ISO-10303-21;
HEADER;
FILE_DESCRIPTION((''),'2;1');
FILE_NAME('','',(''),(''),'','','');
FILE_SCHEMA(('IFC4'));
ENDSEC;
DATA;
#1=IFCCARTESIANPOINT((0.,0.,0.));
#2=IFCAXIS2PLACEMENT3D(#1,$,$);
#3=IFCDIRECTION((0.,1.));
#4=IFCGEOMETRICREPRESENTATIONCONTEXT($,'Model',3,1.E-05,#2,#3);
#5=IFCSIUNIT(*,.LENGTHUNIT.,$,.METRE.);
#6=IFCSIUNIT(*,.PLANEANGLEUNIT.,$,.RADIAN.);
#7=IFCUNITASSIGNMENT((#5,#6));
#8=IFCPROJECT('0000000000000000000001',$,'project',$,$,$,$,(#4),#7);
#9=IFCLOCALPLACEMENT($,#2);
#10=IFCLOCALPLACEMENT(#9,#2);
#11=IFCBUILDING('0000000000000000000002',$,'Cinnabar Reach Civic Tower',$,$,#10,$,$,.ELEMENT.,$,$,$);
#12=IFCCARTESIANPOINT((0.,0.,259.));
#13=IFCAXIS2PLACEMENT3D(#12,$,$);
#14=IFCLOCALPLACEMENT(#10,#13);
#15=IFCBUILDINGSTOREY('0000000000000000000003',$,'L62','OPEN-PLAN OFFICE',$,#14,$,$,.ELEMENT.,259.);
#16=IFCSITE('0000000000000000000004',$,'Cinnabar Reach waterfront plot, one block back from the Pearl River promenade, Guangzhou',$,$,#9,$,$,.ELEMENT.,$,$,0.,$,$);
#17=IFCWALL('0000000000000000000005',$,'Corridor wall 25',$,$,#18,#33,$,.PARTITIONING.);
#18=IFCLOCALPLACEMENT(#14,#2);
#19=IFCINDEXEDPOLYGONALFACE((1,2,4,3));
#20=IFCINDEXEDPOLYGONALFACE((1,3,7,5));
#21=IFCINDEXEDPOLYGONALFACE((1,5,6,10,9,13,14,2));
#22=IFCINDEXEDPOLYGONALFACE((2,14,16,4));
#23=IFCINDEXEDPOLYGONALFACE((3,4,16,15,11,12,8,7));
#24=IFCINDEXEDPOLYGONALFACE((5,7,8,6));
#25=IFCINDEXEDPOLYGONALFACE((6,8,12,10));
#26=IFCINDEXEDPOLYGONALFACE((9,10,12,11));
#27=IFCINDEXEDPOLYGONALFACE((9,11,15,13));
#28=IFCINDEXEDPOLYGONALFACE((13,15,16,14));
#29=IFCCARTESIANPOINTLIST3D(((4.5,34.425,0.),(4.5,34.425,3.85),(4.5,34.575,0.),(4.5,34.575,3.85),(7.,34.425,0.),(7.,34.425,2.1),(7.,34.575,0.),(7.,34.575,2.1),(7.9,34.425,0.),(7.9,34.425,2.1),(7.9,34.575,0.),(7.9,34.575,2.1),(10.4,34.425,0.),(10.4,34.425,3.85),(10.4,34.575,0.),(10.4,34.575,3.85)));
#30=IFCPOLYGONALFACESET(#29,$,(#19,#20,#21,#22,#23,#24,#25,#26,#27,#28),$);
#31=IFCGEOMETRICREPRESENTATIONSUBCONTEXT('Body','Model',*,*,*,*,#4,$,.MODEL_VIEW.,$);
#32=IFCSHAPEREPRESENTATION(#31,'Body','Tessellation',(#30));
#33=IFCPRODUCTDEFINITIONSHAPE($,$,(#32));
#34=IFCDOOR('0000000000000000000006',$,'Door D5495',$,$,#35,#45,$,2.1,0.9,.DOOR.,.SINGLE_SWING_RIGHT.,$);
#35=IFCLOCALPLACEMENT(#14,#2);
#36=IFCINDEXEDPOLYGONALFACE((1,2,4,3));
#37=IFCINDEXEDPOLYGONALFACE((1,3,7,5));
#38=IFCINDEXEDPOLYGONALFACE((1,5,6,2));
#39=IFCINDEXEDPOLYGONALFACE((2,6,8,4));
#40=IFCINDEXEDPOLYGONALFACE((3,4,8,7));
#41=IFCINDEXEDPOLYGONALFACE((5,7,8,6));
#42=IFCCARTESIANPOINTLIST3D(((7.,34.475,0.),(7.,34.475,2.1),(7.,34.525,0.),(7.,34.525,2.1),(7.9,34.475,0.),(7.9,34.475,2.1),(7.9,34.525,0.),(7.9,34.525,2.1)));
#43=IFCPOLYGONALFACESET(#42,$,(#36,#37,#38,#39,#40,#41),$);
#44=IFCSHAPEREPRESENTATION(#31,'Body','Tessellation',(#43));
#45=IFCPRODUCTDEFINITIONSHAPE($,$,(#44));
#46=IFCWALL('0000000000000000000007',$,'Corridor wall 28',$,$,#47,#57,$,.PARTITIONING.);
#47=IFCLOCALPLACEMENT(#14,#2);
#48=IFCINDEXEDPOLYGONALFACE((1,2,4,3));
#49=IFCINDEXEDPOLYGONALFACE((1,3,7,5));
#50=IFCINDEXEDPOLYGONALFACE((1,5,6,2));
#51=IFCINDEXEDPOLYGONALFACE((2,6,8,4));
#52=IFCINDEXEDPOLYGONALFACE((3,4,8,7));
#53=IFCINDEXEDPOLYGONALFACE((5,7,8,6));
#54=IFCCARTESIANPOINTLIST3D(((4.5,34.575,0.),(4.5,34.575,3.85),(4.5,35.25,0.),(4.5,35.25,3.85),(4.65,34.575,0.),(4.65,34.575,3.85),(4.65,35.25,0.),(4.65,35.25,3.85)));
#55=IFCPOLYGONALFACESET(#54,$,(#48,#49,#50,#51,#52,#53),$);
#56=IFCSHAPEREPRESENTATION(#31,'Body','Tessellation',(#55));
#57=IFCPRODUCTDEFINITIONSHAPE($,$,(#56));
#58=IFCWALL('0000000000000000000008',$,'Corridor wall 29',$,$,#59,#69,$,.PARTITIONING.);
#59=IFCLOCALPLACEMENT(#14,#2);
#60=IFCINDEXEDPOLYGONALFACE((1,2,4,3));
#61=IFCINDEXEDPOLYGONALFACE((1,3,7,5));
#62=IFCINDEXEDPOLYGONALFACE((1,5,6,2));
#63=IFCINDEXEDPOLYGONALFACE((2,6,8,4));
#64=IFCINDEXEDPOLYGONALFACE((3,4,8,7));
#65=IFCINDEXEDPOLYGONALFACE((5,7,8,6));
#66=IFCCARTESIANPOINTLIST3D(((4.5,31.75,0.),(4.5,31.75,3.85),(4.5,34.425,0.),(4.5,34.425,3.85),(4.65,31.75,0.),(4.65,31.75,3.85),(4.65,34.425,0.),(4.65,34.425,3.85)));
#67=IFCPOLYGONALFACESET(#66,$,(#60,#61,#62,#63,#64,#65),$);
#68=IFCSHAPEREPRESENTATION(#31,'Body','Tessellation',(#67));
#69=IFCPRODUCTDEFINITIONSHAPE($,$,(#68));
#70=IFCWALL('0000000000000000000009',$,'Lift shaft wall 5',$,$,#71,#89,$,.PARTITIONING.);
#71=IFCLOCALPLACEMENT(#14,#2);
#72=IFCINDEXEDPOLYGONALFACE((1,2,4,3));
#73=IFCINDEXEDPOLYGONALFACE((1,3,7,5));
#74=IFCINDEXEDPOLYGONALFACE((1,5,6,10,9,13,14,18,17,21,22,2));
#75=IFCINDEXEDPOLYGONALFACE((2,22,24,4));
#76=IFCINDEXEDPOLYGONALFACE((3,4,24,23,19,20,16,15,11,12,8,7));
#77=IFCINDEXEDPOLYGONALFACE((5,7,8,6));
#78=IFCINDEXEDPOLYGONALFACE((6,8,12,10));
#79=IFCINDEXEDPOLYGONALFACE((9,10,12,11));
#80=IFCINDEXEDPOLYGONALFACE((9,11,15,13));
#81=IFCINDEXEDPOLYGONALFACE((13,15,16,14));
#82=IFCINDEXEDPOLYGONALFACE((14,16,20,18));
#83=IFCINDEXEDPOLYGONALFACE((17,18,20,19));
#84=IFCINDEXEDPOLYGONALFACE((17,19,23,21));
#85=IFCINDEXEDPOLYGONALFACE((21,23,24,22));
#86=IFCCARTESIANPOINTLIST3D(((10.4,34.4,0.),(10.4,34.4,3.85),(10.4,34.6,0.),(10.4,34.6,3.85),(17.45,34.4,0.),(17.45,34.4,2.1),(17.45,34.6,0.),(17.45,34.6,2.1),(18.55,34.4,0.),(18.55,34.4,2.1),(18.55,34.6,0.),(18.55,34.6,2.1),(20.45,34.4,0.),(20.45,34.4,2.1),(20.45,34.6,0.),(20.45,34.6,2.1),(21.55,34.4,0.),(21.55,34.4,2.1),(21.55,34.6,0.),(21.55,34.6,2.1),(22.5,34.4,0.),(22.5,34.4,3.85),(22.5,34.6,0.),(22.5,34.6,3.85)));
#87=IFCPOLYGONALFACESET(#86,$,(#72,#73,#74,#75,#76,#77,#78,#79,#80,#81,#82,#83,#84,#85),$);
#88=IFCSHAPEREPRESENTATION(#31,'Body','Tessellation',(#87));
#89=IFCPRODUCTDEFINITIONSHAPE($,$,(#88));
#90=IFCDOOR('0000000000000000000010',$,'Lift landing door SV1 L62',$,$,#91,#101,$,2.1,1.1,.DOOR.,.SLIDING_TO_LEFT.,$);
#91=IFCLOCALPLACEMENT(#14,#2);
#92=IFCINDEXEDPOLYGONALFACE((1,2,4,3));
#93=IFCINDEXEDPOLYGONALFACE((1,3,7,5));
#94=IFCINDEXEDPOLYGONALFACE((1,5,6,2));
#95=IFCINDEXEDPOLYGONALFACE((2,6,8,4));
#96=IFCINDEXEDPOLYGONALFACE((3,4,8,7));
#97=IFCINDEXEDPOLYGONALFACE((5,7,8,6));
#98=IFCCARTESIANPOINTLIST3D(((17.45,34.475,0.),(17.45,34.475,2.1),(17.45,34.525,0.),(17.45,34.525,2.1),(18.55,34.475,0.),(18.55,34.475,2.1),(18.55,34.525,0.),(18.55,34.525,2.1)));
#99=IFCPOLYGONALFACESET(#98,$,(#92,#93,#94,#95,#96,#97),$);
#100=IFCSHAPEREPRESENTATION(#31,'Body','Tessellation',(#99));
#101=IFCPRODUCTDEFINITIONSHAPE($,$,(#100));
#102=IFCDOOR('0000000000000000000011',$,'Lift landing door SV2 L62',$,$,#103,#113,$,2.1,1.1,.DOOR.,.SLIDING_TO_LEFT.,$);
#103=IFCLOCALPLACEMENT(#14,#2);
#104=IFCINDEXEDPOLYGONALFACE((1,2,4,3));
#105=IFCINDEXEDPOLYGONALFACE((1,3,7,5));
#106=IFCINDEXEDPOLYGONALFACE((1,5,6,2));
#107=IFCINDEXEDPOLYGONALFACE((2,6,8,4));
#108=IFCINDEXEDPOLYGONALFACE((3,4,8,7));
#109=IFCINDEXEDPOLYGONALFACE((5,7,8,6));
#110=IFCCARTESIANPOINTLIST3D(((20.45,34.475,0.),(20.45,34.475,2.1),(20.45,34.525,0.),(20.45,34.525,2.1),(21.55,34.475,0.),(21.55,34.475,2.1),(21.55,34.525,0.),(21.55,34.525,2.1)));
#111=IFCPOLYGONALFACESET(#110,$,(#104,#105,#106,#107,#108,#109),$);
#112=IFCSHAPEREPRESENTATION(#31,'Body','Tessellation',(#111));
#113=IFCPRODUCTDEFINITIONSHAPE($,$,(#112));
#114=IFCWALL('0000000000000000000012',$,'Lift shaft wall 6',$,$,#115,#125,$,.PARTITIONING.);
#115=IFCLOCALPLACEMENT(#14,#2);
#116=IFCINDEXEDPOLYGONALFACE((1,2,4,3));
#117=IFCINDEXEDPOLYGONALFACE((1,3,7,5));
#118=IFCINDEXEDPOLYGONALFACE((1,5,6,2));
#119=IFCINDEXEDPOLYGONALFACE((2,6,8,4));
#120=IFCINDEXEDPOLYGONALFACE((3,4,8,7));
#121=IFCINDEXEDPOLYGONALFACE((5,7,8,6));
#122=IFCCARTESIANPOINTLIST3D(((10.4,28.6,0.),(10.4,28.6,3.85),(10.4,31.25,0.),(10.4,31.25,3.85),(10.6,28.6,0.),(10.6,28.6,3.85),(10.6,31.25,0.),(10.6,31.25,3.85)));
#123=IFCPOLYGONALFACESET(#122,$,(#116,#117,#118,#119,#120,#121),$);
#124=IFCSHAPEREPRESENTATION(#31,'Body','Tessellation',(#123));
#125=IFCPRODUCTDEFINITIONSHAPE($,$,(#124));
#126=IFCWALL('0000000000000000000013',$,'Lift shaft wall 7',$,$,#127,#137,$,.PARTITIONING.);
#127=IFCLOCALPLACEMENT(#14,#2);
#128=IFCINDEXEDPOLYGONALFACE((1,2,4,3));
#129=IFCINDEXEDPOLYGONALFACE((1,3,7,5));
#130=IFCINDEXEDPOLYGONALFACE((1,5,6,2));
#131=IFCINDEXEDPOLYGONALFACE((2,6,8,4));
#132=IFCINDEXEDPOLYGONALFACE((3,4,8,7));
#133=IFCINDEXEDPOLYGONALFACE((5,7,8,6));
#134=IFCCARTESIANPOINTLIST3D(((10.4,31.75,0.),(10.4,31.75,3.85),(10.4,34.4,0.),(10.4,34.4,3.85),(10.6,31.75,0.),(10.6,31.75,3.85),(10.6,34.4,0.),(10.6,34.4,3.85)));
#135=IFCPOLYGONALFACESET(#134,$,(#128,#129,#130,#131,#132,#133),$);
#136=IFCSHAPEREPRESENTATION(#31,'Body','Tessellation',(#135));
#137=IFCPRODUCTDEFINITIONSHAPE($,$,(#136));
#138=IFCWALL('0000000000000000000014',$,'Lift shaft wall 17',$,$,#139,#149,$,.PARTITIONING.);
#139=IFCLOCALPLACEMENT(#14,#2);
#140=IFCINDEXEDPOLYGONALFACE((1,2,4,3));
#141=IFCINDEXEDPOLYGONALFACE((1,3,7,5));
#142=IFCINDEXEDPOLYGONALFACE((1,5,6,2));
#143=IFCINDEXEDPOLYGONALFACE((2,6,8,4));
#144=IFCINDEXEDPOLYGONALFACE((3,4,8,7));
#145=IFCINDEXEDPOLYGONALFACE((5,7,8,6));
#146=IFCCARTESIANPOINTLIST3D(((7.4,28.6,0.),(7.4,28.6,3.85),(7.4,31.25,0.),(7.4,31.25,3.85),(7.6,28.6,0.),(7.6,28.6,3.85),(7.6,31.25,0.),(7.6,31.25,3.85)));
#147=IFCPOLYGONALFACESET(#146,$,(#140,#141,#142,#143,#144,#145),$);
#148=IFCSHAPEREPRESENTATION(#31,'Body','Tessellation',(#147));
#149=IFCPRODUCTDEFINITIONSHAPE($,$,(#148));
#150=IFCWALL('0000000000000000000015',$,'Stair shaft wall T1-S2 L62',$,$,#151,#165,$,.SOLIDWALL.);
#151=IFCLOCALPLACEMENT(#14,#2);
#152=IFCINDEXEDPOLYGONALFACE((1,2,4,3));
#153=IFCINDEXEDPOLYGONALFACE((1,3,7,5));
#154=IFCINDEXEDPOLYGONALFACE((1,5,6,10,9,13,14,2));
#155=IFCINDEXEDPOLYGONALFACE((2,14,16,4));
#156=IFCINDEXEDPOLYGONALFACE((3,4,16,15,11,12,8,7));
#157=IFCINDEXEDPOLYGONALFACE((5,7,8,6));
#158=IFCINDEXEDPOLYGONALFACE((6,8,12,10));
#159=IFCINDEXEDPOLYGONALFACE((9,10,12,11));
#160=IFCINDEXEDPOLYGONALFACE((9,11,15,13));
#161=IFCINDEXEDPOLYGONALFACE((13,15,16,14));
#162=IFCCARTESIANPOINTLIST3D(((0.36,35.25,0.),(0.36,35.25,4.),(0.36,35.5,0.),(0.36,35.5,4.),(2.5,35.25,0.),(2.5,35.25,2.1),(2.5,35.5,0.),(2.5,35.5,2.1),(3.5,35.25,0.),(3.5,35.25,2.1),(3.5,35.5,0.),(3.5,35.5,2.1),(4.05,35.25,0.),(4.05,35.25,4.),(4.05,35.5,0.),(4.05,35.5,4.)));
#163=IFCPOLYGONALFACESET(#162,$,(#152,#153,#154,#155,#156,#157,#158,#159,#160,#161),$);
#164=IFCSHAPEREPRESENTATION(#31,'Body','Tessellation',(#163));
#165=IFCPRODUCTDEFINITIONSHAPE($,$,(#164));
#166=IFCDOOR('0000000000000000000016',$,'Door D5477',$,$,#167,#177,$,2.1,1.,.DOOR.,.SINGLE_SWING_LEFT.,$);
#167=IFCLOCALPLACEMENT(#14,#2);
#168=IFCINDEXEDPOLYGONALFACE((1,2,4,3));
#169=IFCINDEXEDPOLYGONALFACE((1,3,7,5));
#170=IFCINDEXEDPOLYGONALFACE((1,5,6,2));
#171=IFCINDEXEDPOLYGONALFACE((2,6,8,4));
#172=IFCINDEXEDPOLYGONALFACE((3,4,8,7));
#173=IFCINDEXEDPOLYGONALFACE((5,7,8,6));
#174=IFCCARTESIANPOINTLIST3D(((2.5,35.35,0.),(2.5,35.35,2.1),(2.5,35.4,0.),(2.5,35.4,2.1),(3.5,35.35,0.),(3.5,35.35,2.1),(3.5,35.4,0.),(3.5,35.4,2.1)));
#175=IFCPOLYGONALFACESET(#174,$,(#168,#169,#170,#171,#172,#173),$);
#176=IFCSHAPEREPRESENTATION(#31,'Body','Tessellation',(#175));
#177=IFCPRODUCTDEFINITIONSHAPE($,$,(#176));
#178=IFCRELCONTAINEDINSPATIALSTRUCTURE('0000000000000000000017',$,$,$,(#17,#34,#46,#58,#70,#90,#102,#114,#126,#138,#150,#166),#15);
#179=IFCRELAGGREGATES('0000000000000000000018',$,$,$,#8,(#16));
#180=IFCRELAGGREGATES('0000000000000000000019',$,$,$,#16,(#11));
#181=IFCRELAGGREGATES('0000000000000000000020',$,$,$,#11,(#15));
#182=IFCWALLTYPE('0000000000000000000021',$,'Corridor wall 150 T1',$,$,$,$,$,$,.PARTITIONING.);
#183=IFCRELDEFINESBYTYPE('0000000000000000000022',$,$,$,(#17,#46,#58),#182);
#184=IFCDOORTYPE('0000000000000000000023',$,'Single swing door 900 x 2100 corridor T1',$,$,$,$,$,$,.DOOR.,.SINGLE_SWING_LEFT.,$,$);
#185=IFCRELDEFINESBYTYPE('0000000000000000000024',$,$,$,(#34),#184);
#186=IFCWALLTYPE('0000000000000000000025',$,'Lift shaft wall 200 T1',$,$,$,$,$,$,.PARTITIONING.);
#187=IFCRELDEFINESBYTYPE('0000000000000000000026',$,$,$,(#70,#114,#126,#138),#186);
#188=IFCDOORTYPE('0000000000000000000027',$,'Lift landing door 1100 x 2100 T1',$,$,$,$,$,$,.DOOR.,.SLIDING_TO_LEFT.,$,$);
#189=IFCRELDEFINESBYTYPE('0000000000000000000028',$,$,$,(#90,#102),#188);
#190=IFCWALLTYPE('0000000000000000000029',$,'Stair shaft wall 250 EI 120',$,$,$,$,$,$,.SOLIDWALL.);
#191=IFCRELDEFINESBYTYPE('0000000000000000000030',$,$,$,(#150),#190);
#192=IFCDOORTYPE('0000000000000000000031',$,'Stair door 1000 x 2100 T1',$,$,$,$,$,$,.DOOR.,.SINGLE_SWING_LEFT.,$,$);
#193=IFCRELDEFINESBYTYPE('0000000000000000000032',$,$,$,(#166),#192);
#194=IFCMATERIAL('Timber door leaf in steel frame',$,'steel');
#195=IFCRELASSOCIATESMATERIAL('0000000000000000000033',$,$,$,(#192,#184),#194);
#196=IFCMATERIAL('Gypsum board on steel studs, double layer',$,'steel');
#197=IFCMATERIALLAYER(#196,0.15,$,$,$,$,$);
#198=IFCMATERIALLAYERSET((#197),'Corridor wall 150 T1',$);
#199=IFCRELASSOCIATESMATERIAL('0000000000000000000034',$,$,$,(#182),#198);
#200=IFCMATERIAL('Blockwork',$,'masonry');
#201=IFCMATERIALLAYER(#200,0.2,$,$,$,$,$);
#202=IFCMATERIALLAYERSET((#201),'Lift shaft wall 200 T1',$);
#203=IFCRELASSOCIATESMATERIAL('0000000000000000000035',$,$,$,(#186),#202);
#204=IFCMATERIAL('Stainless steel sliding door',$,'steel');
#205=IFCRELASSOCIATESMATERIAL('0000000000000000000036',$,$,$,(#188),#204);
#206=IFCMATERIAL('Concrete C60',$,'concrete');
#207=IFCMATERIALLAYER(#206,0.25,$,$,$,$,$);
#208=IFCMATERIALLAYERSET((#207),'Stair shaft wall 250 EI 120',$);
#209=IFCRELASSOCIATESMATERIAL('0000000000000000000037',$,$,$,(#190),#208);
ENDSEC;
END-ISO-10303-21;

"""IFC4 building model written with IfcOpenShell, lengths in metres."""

from ifc_helpers import new_model, si_unit, direction, frame, frame_2d, origin, place, context, subcontext, project, spatial, rectangle, extrude, material, layer, layer_set, type_object, element, fill, save


model = new_model("IFC4")

# Units and contexts
model_context = context("Model", 3, precision=1e-05, world=origin(), true_north=direction((0.0, 1.0)))
body_context = subcontext(model_context, "Body", "Model", "MODEL_VIEW")
ifc_project = project(units=[si_unit("LENGTHUNIT", "METRE"), si_unit("PLANEANGLEUNIT", "RADIAN")], contexts=[model_context])

# Site, building, storey
site_placement = place(None, origin())
site = spatial("IfcSite", under=ifc_project, at=site_placement, Name="Cinnabar Reach waterfront plot, one block back from the Pearl River promenade, Guangzhou", CompositionType="ELEMENT", RefElevation=0.0)
building_placement = place(site_placement, origin())
building = spatial("IfcBuilding", under=site, at=building_placement, Name="Cinnabar Reach Civic Tower", CompositionType="ELEMENT")
storey_placement = place(building_placement, frame((0.0, 0.0, 259.0)))
storey = spatial("IfcBuildingStorey", under=building, at=storey_placement, Name="L62", Description="OPEN-PLAN OFFICE", CompositionType="ELEMENT", Elevation=259.0)

# Shared definitions
ifc_material_1 = material(Name="Concrete C60", Category="concrete")

# Shared definitions
ifc_material_2 = material(Name="Timber door leaf in steel frame", Category="steel")
door_type_1 = type_object("IfcDoorType", Name="Stair door 1000 x 2100 T1", OperationType="SINGLE_SWING_LEFT", PredefinedType="DOOR", material=ifc_material_2)

# Wall, opening, door
ifc_material_3 = material(Name="Gypsum board on steel studs, double layer", Category="steel")
ifc_layer_1 = layer(ifc_material_3, 0.15)
ifc_layer_set_1 = layer_set([ifc_layer_1], Name="Corridor wall 150 T1")
wall_type_1 = type_object("IfcWallType", Name="Corridor wall 150 T1", PredefinedType="PARTITIONING", material=ifc_layer_set_1)
wall_1_placement = place(storey_placement, frame((4.5, 34.5, 0.0), z_axis=(0.0, 0.0, 1.0), x_axis=(1.0, 0.0, 0.0)))
wall_1 = element("IfcWall", 1, at=wall_1_placement, inside=storey, type_object=wall_type_1, Name="Corridor wall 25", PredefinedType="PARTITIONING", context=body_context, shape_type="SweptSolid", body=[
    extrude(rectangle(XDim=5.9, YDim=0.15, at=frame_2d((2.95, 0.0))), origin(), (0.0, 0.0, 1.0), 3.85),
])
opening_1_placement = place(wall_1_placement, frame((2.5, 0.0, 0.0)))
opening_1 = element("IfcOpeningElement", 2, at=opening_1_placement, cuts=wall_1, PredefinedType="OPENING", context=body_context, shape_type="SweptSolid", body=[
    extrude(rectangle(XDim=0.9, YDim=2.1, at=frame_2d((0.45, 1.05))), frame((0.0, 0.085, 0.0), z_axis=(0.0, -1.0, 0.0), x_axis=(1.0, 0.0, 0.0)), (0.0, 0.0, 1.0), 0.17),
])
door_type_2 = type_object("IfcDoorType", Name="Single swing door 900 x 2100 corridor T1", OperationType="SINGLE_SWING_LEFT", PredefinedType="DOOR", material=ifc_material_2)
door_1_placement = place(opening_1_placement, frame((0.9, 0.0, 0.0), z_axis=(0.0, 0.0, 1.0), x_axis=(-1.0, 0.0, 0.0)))
door_1 = element("IfcDoor", 3, at=door_1_placement, inside=storey, type_object=door_type_2, Name="Door D5495", OperationType="SINGLE_SWING_RIGHT", OverallHeight=2.1, OverallWidth=0.9, PredefinedType="DOOR", context=body_context, shape_type="SweptSolid", body=[
    extrude(rectangle(XDim=0.9, YDim=2.1, at=frame_2d((0.45, 1.05))), frame((0.0, 0.025, 0.0), z_axis=(0.0, -1.0, 0.0), x_axis=(1.0, 0.0, 0.0)), (0.0, 0.0, 1.0), 0.05),
])
fill(opening_1, door_1)

# Walls
wall_2_placement = place(storey_placement, frame((4.575, 34.575, 0.0), z_axis=(0.0, 0.0, 1.0), x_axis=(0.0, 1.0, 0.0)))
element("IfcWall", 4, at=wall_2_placement, inside=storey, type_object=wall_type_1, Name="Corridor wall 28", PredefinedType="PARTITIONING", context=body_context, shape_type="SweptSolid", body=[
    extrude(rectangle(XDim=0.675, YDim=0.15, at=frame_2d((0.3375, 0.0))), origin(), (0.0, 0.0, 1.0), 3.85),
])
wall_3_placement = place(storey_placement, frame((4.575, 31.75, 0.0), z_axis=(0.0, 0.0, 1.0), x_axis=(0.0, 1.0, 0.0)))
element("IfcWall", 5, at=wall_3_placement, inside=storey, type_object=wall_type_1, Name="Corridor wall 29", PredefinedType="PARTITIONING", context=body_context, shape_type="SweptSolid", body=[
    extrude(rectangle(XDim=2.675, YDim=0.15, at=frame_2d((1.3375, 0.0))), origin(), (0.0, 0.0, 1.0), 3.85),
])

# Wall, openings, doors
ifc_material_4 = material(Name="Blockwork", Category="masonry")
ifc_layer_2 = layer(ifc_material_4, 0.2)
ifc_layer_set_2 = layer_set([ifc_layer_2], Name="Lift shaft wall 200 T1")
wall_type_2 = type_object("IfcWallType", Name="Lift shaft wall 200 T1", PredefinedType="PARTITIONING", material=ifc_layer_set_2)
wall_4_placement = place(storey_placement, frame((10.4, 34.5, 0.0), z_axis=(0.0, 0.0, 1.0), x_axis=(1.0, 0.0, 0.0)))
wall_4 = element("IfcWall", 6, at=wall_4_placement, inside=storey, type_object=wall_type_2, Name="Lift shaft wall 5", PredefinedType="PARTITIONING", context=body_context, shape_type="SweptSolid", body=[
    extrude(rectangle(XDim=12.1, YDim=0.2, at=frame_2d((6.05, 0.0))), origin(), (0.0, 0.0, 1.0), 3.85),
])
opening_2_placement = place(wall_4_placement, frame((7.05, 0.0, 0.0)))
opening_2 = element("IfcOpeningElement", 7, at=opening_2_placement, cuts=wall_4, PredefinedType="OPENING", context=body_context, shape_type="SweptSolid", body=[
    extrude(rectangle(XDim=1.1, YDim=2.1, at=frame_2d((0.55, 1.05))), frame((0.0, 0.11, 0.0), z_axis=(0.0, -1.0, 0.0), x_axis=(1.0, 0.0, 0.0)), (0.0, 0.0, 1.0), 0.22),
])
opening_3_placement = place(wall_4_placement, frame((10.05, 0.0, 0.0)))
opening_3 = element("IfcOpeningElement", 8, at=opening_3_placement, cuts=wall_4, PredefinedType="OPENING", context=body_context, shape_type="SweptSolid", body=[
    extrude(rectangle(XDim=1.1, YDim=2.1, at=frame_2d((0.55, 1.05))), frame((0.0, 0.11, 0.0), z_axis=(0.0, -1.0, 0.0), x_axis=(1.0, 0.0, 0.0)), (0.0, 0.0, 1.0), 0.22),
])
ifc_material_5 = material(Name="Stainless steel sliding door", Category="steel")
door_type_3 = type_object("IfcDoorType", Name="Lift landing door 1100 x 2100 T1", OperationType="SLIDING_TO_LEFT", PredefinedType="DOOR", material=ifc_material_5)
door_2_placement = place(opening_2_placement, origin())
door_2 = element("IfcDoor", 9, at=door_2_placement, inside=storey, type_object=door_type_3, Name="Lift landing door SV1 L62", OperationType="SLIDING_TO_LEFT", OverallHeight=2.1, OverallWidth=1.1, PredefinedType="DOOR", context=body_context, shape_type="SweptSolid", body=[
    extrude(rectangle(XDim=1.1, YDim=2.1, at=frame_2d((0.55, 1.05))), frame((0.0, 0.025, 0.0), z_axis=(0.0, -1.0, 0.0), x_axis=(1.0, 0.0, 0.0)), (0.0, 0.0, 1.0), 0.05),
])
fill(opening_2, door_2)
door_3_placement = place(opening_3_placement, origin())
door_3 = element("IfcDoor", 10, at=door_3_placement, inside=storey, type_object=door_type_3, Name="Lift landing door SV2 L62", OperationType="SLIDING_TO_LEFT", OverallHeight=2.1, OverallWidth=1.1, PredefinedType="DOOR", context=body_context, shape_type="SweptSolid", body=[
    extrude(rectangle(XDim=1.1, YDim=2.1, at=frame_2d((0.55, 1.05))), frame((0.0, 0.025, 0.0), z_axis=(0.0, -1.0, 0.0), x_axis=(1.0, 0.0, 0.0)), (0.0, 0.0, 1.0), 0.05),
])
fill(opening_3, door_3)

# Walls
for number, where, z_axis, x_axis, name in (
    (11, (10.5, 28.6, 0.0), (0.0, 0.0, 1.0), (0.0, 1.0, 0.0), "Lift shaft wall 6"),
    (12, (10.5, 31.75, 0.0), (0.0, 0.0, 1.0), (0.0, 1.0, 0.0), "Lift shaft wall 7"),
    (13, (7.5, 28.6, 0.0), (0.0, 0.0, 1.0), (0.0, 1.0, 0.0), "Lift shaft wall 17"),
):
    element("IfcWall", number, at=place(storey_placement, frame(where, z_axis=z_axis, x_axis=x_axis)), inside=storey, type_object=wall_type_2, Name=name, PredefinedType="PARTITIONING", context=body_context, shape_type="SweptSolid", body=[
        extrude(rectangle(XDim=2.65, YDim=0.2, at=frame_2d((1.325, 0.0))), origin(), (0.0, 0.0, 1.0), 3.85),
    ])

# Wall, opening, door
ifc_layer_3 = layer(ifc_material_1, 0.25)
ifc_layer_set_3 = layer_set([ifc_layer_3], Name="Stair shaft wall 250 EI 120")
wall_type_3 = type_object("IfcWallType", Name="Stair shaft wall 250 EI 120", PredefinedType="SOLIDWALL", material=ifc_layer_set_3)
wall_5_placement = place(storey_placement, frame((0.36, 35.375, 0.0), z_axis=(0.0, 0.0, 1.0), x_axis=(1.0, 0.0, 0.0)))
wall_5 = element("IfcWall", 14, at=wall_5_placement, inside=storey, type_object=wall_type_3, Name="Stair shaft wall T1-S2 L62", PredefinedType="SOLIDWALL", context=body_context, shape_type="SweptSolid", body=[
    extrude(rectangle(XDim=3.69, YDim=0.25, at=frame_2d((1.845, 0.0))), origin(), (0.0, 0.0, 1.0), 4.0),
])
opening_4_placement = place(wall_5_placement, frame((2.14, 0.0, 0.0)))
opening_4 = element("IfcOpeningElement", 15, at=opening_4_placement, cuts=wall_5, PredefinedType="OPENING", context=body_context, shape_type="SweptSolid", body=[
    extrude(rectangle(XDim=1.0, YDim=2.1, at=frame_2d((0.5, 1.05))), frame((0.0, 0.135, 0.0), z_axis=(0.0, -1.0, 0.0), x_axis=(1.0, 0.0, 0.0)), (0.0, 0.0, 1.0), 0.27),
])
door_4_placement = place(opening_4_placement, origin())
door_4 = element("IfcDoor", 16, at=door_4_placement, inside=storey, type_object=door_type_1, Name="Door D5477", OperationType="SINGLE_SWING_LEFT", OverallHeight=2.1, OverallWidth=1.0, PredefinedType="DOOR", context=body_context, shape_type="SweptSolid", body=[
    extrude(rectangle(XDim=1.0, YDim=2.1, at=frame_2d((0.5, 1.05))), frame((0.0, 0.025, 0.0), z_axis=(0.0, -1.0, 0.0), x_axis=(1.0, 0.0, 0.0)), (0.0, 0.0, 1.0), 0.05),
])
fill(opening_4, door_4)

save(model, "model.ifc")
